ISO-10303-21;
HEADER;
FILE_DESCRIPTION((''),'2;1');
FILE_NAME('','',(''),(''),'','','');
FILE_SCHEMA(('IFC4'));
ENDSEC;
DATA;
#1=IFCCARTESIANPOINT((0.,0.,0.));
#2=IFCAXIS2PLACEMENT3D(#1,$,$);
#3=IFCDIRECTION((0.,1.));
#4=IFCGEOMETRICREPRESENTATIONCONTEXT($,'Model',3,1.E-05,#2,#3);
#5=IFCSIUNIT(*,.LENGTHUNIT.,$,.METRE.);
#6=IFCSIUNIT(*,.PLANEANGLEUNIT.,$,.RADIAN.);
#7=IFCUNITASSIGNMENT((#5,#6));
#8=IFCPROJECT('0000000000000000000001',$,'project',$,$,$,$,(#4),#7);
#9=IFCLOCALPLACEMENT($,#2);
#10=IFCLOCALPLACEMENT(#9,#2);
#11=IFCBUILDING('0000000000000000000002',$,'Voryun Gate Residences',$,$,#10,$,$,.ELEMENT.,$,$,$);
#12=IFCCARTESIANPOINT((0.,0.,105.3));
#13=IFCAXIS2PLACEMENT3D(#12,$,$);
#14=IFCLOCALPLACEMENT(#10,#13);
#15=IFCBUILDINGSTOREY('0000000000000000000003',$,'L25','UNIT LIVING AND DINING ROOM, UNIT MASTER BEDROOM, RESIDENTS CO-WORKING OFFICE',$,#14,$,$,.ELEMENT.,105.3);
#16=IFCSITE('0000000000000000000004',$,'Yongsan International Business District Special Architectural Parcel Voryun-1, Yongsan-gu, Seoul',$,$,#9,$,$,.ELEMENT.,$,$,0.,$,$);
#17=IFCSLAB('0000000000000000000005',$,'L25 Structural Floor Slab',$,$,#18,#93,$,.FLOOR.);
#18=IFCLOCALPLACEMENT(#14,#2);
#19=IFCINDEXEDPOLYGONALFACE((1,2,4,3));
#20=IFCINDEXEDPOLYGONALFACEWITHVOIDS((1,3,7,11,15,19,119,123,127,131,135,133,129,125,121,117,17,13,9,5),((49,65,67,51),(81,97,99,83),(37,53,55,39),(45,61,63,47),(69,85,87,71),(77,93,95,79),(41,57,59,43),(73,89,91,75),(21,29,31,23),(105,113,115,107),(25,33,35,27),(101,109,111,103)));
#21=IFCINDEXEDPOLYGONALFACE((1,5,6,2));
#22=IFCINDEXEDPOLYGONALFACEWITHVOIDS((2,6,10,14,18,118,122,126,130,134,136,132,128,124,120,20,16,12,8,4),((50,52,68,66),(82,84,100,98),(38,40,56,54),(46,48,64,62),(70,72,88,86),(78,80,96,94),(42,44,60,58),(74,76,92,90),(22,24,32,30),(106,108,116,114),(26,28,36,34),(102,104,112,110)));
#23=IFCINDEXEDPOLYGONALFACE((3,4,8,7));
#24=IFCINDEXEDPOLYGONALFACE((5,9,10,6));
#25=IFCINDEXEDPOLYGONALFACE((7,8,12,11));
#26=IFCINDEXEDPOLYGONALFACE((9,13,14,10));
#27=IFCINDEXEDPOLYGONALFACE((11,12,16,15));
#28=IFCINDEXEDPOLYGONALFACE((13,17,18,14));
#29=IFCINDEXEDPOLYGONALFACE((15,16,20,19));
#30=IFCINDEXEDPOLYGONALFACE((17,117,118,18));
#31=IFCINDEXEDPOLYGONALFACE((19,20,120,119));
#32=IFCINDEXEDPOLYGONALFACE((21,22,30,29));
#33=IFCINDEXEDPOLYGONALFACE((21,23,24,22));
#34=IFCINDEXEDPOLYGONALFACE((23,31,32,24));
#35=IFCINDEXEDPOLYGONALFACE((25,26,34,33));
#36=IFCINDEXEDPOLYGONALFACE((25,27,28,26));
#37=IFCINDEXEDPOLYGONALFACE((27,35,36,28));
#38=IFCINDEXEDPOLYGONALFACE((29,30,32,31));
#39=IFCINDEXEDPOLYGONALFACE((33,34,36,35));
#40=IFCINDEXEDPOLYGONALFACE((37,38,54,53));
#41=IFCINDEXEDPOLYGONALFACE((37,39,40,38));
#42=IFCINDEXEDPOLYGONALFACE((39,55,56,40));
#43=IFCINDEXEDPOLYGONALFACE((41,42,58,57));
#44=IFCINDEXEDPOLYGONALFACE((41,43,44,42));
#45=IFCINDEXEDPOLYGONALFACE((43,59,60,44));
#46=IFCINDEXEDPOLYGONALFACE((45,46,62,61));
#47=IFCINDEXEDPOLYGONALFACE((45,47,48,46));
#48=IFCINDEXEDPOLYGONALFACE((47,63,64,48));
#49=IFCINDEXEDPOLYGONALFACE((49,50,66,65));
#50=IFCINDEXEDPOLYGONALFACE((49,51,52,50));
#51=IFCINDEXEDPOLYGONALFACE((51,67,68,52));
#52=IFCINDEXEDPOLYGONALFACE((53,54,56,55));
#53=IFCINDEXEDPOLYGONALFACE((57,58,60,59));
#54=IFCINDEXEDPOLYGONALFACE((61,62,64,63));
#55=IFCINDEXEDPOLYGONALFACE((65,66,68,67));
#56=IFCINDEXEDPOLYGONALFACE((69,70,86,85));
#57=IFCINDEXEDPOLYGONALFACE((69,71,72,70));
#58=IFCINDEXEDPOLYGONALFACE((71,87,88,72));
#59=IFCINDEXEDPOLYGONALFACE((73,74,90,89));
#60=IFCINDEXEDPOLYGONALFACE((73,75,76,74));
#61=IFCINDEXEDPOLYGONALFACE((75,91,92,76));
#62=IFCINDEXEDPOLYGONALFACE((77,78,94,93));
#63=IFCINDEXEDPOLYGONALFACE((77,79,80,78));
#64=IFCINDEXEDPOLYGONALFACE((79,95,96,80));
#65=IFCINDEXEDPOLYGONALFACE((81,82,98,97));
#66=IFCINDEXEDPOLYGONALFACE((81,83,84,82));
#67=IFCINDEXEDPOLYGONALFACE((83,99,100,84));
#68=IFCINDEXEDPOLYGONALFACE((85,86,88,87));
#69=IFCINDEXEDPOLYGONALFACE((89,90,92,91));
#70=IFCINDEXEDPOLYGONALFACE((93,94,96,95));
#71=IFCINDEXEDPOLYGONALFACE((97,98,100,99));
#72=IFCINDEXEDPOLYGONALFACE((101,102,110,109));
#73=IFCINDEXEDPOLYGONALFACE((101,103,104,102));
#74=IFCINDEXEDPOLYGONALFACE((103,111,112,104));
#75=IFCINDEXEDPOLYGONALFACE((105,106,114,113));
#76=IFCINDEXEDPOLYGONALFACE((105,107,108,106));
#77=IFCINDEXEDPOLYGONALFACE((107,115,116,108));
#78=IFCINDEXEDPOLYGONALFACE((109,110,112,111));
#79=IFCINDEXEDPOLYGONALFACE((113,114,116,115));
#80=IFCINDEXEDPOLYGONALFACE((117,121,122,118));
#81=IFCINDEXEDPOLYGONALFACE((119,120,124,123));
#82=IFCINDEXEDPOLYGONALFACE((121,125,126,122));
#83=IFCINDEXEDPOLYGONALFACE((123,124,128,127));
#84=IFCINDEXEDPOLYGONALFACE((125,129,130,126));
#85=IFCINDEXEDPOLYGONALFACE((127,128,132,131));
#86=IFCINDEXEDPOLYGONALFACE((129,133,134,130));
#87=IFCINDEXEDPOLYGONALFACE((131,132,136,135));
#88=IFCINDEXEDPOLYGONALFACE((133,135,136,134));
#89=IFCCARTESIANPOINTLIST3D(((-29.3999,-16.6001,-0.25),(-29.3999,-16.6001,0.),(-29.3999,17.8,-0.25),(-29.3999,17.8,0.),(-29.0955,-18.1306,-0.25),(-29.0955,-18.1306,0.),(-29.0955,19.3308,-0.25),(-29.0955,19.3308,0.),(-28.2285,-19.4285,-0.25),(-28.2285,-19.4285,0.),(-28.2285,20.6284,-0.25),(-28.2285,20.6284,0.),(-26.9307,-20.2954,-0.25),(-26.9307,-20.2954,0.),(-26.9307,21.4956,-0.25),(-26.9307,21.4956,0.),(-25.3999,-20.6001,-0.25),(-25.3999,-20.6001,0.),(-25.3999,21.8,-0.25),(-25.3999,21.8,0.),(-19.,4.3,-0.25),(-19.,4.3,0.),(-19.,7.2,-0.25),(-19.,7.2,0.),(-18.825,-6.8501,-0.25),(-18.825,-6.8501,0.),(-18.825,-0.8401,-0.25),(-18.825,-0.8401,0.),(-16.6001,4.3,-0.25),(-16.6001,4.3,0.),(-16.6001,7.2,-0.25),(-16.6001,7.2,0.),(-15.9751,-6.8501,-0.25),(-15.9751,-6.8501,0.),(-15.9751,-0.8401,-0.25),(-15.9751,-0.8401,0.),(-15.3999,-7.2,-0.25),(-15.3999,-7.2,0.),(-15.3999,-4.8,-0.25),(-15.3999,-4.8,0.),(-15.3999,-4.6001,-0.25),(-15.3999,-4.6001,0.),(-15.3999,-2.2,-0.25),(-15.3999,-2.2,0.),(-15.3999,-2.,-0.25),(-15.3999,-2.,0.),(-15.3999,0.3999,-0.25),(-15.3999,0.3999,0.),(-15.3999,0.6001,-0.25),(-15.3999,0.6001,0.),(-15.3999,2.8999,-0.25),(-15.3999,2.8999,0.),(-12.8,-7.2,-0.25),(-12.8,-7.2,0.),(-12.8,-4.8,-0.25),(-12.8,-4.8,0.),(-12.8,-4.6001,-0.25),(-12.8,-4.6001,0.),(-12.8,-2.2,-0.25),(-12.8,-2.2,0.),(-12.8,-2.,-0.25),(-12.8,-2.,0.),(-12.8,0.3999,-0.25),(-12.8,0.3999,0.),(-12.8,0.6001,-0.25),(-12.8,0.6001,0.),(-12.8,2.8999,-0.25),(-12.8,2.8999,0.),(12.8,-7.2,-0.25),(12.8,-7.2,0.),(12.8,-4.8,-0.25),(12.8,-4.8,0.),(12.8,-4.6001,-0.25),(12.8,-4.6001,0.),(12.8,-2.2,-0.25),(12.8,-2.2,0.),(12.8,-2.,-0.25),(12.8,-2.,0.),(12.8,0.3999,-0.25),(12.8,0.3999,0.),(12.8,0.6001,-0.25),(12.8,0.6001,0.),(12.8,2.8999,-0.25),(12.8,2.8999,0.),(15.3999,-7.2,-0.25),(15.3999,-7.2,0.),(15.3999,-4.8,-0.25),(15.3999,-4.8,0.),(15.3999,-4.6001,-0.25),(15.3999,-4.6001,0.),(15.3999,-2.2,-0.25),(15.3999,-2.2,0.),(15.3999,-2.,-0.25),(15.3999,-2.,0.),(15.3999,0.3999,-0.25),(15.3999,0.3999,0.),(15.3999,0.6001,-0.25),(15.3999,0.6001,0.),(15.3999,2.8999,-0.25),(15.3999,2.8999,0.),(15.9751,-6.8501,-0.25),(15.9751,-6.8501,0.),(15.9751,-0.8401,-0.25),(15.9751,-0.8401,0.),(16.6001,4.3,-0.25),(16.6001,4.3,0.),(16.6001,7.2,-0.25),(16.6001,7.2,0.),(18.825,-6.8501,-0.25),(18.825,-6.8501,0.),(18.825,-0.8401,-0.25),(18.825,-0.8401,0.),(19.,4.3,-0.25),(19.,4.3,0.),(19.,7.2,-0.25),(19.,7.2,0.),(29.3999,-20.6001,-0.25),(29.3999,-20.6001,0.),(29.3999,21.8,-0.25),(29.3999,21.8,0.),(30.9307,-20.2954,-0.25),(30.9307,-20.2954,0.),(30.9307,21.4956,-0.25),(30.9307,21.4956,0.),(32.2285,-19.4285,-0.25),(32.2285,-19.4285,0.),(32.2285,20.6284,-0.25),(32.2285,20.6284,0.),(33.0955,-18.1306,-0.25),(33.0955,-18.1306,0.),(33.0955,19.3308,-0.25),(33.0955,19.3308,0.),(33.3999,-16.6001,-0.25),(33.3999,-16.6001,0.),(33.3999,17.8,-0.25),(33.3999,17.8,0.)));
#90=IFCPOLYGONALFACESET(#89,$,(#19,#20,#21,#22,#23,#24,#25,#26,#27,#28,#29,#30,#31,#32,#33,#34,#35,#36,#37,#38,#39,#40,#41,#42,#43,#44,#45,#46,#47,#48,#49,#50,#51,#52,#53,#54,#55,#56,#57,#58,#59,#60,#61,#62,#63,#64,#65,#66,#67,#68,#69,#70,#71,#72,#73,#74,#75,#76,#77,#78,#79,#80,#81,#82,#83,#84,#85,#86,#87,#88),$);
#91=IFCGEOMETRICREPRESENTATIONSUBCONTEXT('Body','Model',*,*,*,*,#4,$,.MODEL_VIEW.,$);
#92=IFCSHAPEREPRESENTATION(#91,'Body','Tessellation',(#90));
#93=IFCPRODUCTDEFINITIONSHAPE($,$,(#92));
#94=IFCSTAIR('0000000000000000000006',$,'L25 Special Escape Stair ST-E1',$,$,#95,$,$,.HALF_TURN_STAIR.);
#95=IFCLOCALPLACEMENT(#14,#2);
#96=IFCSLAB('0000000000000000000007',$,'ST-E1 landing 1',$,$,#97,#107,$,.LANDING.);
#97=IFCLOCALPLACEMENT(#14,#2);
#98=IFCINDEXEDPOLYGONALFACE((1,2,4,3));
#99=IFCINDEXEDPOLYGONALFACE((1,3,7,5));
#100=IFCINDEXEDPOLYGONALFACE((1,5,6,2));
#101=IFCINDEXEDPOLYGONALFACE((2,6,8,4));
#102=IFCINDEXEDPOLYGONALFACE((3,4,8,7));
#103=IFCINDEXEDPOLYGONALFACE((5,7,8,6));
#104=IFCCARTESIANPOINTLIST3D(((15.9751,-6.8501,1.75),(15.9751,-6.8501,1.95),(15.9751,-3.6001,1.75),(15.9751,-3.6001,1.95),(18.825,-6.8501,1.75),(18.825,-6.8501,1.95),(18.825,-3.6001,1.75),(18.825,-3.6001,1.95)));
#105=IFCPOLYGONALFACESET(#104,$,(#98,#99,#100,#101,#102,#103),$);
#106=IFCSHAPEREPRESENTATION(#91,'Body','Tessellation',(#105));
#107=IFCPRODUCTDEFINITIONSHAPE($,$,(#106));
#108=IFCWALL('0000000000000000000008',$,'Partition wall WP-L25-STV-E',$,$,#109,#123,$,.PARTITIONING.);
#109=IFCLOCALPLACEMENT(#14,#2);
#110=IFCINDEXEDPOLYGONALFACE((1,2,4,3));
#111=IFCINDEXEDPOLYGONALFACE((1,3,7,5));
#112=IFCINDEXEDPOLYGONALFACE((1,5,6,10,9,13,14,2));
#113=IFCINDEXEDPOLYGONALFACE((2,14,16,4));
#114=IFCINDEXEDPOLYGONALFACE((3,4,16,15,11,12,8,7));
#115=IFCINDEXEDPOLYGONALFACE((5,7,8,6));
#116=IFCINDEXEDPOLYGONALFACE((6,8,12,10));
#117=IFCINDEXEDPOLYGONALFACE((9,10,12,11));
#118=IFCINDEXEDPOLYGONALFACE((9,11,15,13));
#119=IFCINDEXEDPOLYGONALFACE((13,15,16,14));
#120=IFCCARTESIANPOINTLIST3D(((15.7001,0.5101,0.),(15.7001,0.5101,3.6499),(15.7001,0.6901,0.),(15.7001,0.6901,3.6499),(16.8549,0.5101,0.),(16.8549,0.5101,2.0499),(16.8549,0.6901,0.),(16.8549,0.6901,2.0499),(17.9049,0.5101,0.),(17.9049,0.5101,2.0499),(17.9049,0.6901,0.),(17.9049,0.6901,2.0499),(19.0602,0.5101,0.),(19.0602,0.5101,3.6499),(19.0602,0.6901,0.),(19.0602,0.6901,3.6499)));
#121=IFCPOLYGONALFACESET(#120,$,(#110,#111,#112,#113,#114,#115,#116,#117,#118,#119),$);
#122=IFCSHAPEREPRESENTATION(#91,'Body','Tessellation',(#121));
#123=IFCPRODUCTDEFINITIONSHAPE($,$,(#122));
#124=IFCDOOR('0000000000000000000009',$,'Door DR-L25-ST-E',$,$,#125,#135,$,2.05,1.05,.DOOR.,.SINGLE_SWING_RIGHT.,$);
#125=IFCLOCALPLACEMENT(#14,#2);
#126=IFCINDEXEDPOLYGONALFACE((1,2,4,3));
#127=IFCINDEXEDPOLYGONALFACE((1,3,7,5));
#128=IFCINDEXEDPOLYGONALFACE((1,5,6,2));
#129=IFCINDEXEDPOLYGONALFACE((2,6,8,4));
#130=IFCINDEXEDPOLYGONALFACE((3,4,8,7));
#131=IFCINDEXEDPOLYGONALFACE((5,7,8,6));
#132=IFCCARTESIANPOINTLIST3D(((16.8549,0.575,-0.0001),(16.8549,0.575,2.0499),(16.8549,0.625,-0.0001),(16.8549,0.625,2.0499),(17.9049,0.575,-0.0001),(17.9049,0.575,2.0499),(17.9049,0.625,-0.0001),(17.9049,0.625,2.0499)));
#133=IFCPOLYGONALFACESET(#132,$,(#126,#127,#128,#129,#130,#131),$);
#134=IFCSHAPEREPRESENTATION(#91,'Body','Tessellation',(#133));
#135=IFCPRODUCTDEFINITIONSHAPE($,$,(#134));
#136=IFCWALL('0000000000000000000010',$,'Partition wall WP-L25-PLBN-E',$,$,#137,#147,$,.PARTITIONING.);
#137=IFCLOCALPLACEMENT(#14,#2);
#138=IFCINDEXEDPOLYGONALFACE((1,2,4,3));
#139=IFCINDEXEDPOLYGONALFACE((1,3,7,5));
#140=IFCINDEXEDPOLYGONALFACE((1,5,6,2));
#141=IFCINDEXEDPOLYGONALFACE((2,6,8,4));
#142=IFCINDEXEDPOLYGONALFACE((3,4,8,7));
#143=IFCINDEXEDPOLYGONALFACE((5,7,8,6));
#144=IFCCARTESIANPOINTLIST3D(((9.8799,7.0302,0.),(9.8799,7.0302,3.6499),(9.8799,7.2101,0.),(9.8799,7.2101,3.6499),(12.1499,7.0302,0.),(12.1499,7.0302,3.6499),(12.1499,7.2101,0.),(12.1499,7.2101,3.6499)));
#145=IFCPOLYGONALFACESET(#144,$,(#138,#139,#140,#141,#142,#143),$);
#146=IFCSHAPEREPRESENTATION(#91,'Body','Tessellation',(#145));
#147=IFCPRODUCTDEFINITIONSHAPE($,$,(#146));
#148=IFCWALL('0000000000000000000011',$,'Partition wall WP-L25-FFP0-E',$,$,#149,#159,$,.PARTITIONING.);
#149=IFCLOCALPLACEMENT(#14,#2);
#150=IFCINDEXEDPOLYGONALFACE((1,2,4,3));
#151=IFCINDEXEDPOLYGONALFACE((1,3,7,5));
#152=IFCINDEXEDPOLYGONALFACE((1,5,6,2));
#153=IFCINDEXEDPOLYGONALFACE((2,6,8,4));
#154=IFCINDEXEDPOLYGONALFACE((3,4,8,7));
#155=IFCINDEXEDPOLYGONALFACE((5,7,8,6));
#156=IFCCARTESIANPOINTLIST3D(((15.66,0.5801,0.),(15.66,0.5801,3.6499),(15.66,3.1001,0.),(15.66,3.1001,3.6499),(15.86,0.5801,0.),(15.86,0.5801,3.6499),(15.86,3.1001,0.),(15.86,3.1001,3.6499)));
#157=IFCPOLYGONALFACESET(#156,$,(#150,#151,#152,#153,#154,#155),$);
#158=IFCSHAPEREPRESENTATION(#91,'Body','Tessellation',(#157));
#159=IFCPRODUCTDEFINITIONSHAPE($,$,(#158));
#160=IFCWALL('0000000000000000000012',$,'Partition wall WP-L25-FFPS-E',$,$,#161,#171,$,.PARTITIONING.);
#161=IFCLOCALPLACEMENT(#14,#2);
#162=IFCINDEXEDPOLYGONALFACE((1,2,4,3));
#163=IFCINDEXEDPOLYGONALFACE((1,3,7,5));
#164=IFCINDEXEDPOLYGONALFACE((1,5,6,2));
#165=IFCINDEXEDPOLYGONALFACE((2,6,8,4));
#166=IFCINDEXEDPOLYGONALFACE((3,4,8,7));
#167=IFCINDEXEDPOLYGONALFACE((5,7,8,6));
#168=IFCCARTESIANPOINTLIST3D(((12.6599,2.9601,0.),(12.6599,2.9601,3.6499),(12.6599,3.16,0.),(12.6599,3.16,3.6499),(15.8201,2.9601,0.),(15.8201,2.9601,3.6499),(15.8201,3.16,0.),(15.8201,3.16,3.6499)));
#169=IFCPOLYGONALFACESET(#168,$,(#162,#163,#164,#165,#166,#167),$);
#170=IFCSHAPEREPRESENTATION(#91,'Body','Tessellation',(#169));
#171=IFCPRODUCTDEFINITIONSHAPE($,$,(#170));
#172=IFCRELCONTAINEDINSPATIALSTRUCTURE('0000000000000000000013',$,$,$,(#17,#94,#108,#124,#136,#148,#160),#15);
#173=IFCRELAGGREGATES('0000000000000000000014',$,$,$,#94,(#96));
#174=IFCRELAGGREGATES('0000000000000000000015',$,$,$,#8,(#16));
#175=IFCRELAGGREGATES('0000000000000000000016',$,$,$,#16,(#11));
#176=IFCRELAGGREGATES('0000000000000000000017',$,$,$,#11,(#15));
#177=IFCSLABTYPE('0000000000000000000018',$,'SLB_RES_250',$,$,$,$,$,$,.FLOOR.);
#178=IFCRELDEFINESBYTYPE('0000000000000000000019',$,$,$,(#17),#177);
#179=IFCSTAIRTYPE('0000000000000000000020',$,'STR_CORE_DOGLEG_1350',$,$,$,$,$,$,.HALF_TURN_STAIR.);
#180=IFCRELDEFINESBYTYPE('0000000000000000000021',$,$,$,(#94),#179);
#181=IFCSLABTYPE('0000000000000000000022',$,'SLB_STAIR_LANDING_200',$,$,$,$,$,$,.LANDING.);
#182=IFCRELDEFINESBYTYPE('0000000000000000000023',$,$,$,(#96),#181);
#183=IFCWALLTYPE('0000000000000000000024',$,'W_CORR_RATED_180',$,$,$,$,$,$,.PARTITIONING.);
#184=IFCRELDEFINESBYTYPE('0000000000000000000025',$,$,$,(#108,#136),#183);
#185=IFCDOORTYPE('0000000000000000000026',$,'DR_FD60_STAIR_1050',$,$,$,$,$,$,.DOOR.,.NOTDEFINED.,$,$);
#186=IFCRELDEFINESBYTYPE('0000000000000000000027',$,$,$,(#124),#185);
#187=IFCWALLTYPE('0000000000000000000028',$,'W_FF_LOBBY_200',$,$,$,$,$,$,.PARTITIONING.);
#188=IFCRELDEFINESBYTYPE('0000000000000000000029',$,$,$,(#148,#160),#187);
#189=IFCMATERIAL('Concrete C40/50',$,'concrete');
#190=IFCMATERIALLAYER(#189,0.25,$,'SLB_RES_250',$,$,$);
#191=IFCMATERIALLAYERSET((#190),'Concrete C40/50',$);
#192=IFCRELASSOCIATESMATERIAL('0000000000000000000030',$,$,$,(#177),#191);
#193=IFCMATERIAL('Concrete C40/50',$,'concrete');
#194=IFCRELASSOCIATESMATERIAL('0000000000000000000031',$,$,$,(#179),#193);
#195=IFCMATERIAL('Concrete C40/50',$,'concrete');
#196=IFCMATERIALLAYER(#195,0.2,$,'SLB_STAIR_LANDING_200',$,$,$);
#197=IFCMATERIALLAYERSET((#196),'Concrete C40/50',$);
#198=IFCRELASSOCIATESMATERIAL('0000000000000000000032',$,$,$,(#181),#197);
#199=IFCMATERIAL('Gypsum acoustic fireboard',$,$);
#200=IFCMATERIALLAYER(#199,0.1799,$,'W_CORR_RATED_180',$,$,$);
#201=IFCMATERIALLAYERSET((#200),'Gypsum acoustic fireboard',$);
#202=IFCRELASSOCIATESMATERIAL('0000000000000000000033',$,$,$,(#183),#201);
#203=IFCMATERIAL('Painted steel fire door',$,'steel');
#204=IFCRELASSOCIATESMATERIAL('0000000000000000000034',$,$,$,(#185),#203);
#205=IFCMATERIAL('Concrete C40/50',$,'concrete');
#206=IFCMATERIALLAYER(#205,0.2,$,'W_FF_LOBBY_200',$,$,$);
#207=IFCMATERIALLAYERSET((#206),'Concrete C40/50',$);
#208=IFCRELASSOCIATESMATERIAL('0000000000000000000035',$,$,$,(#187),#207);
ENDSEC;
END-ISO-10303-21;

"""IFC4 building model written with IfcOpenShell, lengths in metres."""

from ifc_helpers import new_model, si_unit, direction, frame, frame_2d, origin, place, context, subcontext, project, spatial, polyline, rectangle, outline, extrude, material, layer, layer_set, type_object, element, fill, aggregate, save


model = new_model("IFC4")

# Units and contexts
model_context = context("Model", 3, precision=1e-05, world=origin(), true_north=direction((0.0, 1.0)))
body_context = subcontext(model_context, "Body", "Model", "MODEL_VIEW")
ifc_project = project(units=[si_unit("LENGTHUNIT", "METRE"), si_unit("PLANEANGLEUNIT", "RADIAN")], contexts=[model_context])

# Site, building, storey
site_placement = place(None, origin())
site = spatial("IfcSite", under=ifc_project, at=site_placement, Name="Yongsan International Business District Special Architectural Parcel Voryun-1, Yongsan-gu, Seoul", CompositionType="ELEMENT", RefElevation=0.0)
building_placement = place(site_placement, origin())
building = spatial("IfcBuilding", under=site, at=building_placement, Name="Voryun Gate Residences", CompositionType="ELEMENT")
storey_placement = place(building_placement, frame((0.0, 0.0, 105.3)))
storey = spatial("IfcBuildingStorey", under=building, at=storey_placement, Name="L25", Description="UNIT LIVING AND DINING ROOM, UNIT MASTER BEDROOM, RESIDENTS CO-WORKING OFFICE", CompositionType="ELEMENT", Elevation=105.3)

# Slab
ifc_material_1 = material(Name="Concrete C40/50", Category="concrete")
ifc_layer_1 = layer(ifc_material_1, 0.25, Name="SLB_RES_250")
ifc_layer_set_1 = layer_set([ifc_layer_1], Name="Concrete C40/50")
slab_type_1 = type_object("IfcSlabType", Name="SLB_RES_250", PredefinedType="FLOOR", material=ifc_layer_set_1)
slab_1_placement = place(storey_placement, frame((0.0, 0.0, -0.25)))
element("IfcSlab", 1, at=slab_1_placement, inside=storey, type_object=slab_type_1, Name="L25 Structural Floor Slab", PredefinedType="FLOOR", context=body_context, shape_type="SweptSolid", body=[
    extrude(outline(polyline([(-25.3999, -20.6001), (-26.9307, -20.2954), (-28.2285, -19.4285), (-29.0955, -18.1306), (-29.3999, -16.6001), (-29.3999, 17.8), (-29.0955, 19.3308), (-28.2285, 20.6284), (-26.9307, 21.4956), (-25.3999, 21.8), (29.3999, 21.8), (30.9307, 21.4956), (32.2285, 20.6284), (33.0955, 19.3308), (33.3999, 17.8), (33.3999, -16.6001), (33.0955, -18.1306), (32.2285, -19.4285), (30.9307, -20.2954), (29.3999, -20.6001), (-25.3999, -20.6001)]), holes=[polyline([(-12.8, -4.8), (-15.3999, -4.8), (-15.3999, -7.2), (-12.8, -7.2), (-12.8, -4.8)]), polyline([(-18.825, -6.8501), (-15.9751, -6.8501), (-15.9751, -0.8401), (-18.825, -0.8401), (-18.825, -6.8501)]), polyline([(-12.8, -4.6001), (-12.8, -2.2), (-15.3999, -2.2), (-15.3999, -4.6001), (-12.8, -4.6001)]), polyline([(-12.8, 0.3999), (-15.3999, 0.3999), (-15.3999, -2.0), (-12.8, -2.0), (-12.8, 0.3999)]), polyline([(-12.8, 0.6001), (-12.8, 2.8999), (-15.3999, 2.8999), (-15.3999, 0.6001), (-12.8, 0.6001)]), polyline([(-16.6001, 4.3), (-16.6001, 7.2), (-19.0, 7.2), (-19.0, 4.3), (-16.6001, 4.3)]), polyline([(15.3999, -4.8), (12.8, -4.8), (12.8, -7.2), (15.3999, -7.2), (15.3999, -4.8)]), polyline([(15.9751, -6.8501), (18.825, -6.8501), (18.825, -0.8401), (15.9751, -0.8401), (15.9751, -6.8501)]), polyline([(15.3999, -4.6001), (15.3999, -2.2), (12.8, -2.2), (12.8, -4.6001), (15.3999, -4.6001)]), polyline([(15.3999, 0.3999), (12.8, 0.3999), (12.8, -2.0), (15.3999, -2.0), (15.3999, 0.3999)]), polyline([(15.3999, 0.6001), (15.3999, 2.8999), (12.8, 2.8999), (12.8, 0.6001), (15.3999, 0.6001)]), polyline([(19.0, 4.3), (19.0, 7.2), (16.6001, 7.2), (16.6001, 4.3), (19.0, 4.3)])]), origin(), (0.0, 0.0, 1.0), 0.25),
])

# Stair, slab
ifc_material_2 = material(Name="Concrete C40/50", Category="concrete")
stair_type = type_object("IfcStairType", Name="STR_CORE_DOGLEG_1350", PredefinedType="HALF_TURN_STAIR", material=ifc_material_2)
stair_placement = place(storey_placement, origin())
stair = element("IfcStair", 2, at=stair_placement, inside=storey, type_object=stair_type, Name="L25 Special Escape Stair ST-E1", PredefinedType="HALF_TURN_STAIR")
ifc_material_3 = material(Name="Concrete C40/50", Category="concrete")
ifc_layer_2 = layer(ifc_material_3, 0.2, Name="SLB_STAIR_LANDING_200")
ifc_layer_set_2 = layer_set([ifc_layer_2], Name="Concrete C40/50")
slab_type_2 = type_object("IfcSlabType", Name="SLB_STAIR_LANDING_200", PredefinedType="LANDING", material=ifc_layer_set_2)
slab_2_placement = place(storey_placement, frame((0.0, 0.0, 1.75)))
slab_2 = element("IfcSlab", 3, at=slab_2_placement, type_object=slab_type_2, Name="ST-E1 landing 1", PredefinedType="LANDING", context=body_context, shape_type="SweptSolid", body=[
    extrude(outline(polyline([(15.9751, -3.6001), (15.9751, -6.8501), (18.825, -6.8501), (18.825, -3.6001), (15.9751, -3.6001)])), origin(), (0.0, 0.0, 1.0), 0.2),
])
aggregate(stair, [slab_2])

# Wall, opening, door
ifc_material_4 = material(Name="Gypsum acoustic fireboard")
ifc_layer_3 = layer(ifc_material_4, 0.1799, Name="W_CORR_RATED_180")
ifc_layer_set_3 = layer_set([ifc_layer_3], Name="Gypsum acoustic fireboard")
wall_type_1 = type_object("IfcWallType", Name="W_CORR_RATED_180", PredefinedType="PARTITIONING", material=ifc_layer_set_3)
wall_1_placement = place(storey_placement, frame((15.7, 0.6001, 0.0), z_axis=(0.0, 0.0, 1.0), x_axis=(1.0, 0.0, 0.0)))
wall_1 = element("IfcWall", 4, at=wall_1_placement, inside=storey, type_object=wall_type_1, Name="Partition wall WP-L25-STV-E", PredefinedType="PARTITIONING", context=body_context, shape_type="SweptSolid", body=[
    extrude(rectangle(XDim=3.3601, YDim=0.1799, at=frame_2d((1.6802, 0.0))), origin(), (0.0, 0.0, 1.0), 3.6499),
])
opening_placement = place(wall_1_placement, frame((1.155, 0.0, 0.0)))
opening = element("IfcOpeningElement", 5, at=opening_placement, cuts=wall_1, PredefinedType="OPENING", context=body_context, shape_type="SweptSolid", body=[
    extrude(rectangle(XDim=1.05, YDim=2.05, at=frame_2d((0.5249, 1.0249))), frame((0.0, 0.0999, 0.0), z_axis=(0.0, -1.0, 0.0), x_axis=(1.0, 0.0, 0.0)), (0.0, 0.0, 1.0), 0.2),
])
ifc_material_5 = material(Name="Painted steel fire door", Category="steel")
door_type = type_object("IfcDoorType", Name="DR_FD60_STAIR_1050", OperationType="NOTDEFINED", PredefinedType="DOOR", material=ifc_material_5)
door_placement = place(opening_placement, origin())
door = element("IfcDoor", 6, at=door_placement, inside=storey, type_object=door_type, Name="Door DR-L25-ST-E", OperationType="SINGLE_SWING_RIGHT", OverallHeight=2.05, OverallWidth=1.05, PredefinedType="DOOR", context=body_context, shape_type="SweptSolid", body=[
    extrude(rectangle(XDim=1.05, YDim=2.05, at=frame_2d((0.5249, 1.0249))), frame((0.0, 0.0249, 0.0), z_axis=(0.0, -1.0, 0.0), x_axis=(1.0, 0.0, 0.0)), (0.0, 0.0, 1.0), 0.05),
])
fill(opening, door)

# Walls
wall_2_placement = place(storey_placement, frame((9.8799, 7.1201, 0.0), z_axis=(0.0, 0.0, 1.0), x_axis=(1.0, 0.0, 0.0)))
element("IfcWall", 7, at=wall_2_placement, inside=storey, type_object=wall_type_1, Name="Partition wall WP-L25-PLBN-E", PredefinedType="PARTITIONING", context=body_context, shape_type="SweptSolid", body=[
    extrude(rectangle(XDim=2.27, YDim=0.1799, at=frame_2d((1.135, 0.0))), origin(), (0.0, 0.0, 1.0), 3.6499),
])
ifc_material_6 = material(Name="Concrete C40/50", Category="concrete")
ifc_layer_4 = layer(ifc_material_6, 0.2, Name="W_FF_LOBBY_200")
ifc_layer_set_4 = layer_set([ifc_layer_4], Name="Concrete C40/50")
wall_type_2 = type_object("IfcWallType", Name="W_FF_LOBBY_200", PredefinedType="PARTITIONING", material=ifc_layer_set_4)
wall_3_placement = place(storey_placement, frame((15.76, 0.5801, 0.0), z_axis=(0.0, 0.0, 1.0), x_axis=(0.0, 1.0, 0.0)))
element("IfcWall", 8, at=wall_3_placement, inside=storey, type_object=wall_type_2, Name="Partition wall WP-L25-FFP0-E", PredefinedType="PARTITIONING", context=body_context, shape_type="SweptSolid", body=[
    extrude(rectangle(XDim=2.52, YDim=0.2, at=frame_2d((1.26, 0.0))), origin(), (0.0, 0.0, 1.0), 3.6499),
])
wall_4_placement = place(storey_placement, frame((12.6599, 3.0601, 0.0), z_axis=(0.0, 0.0, 1.0), x_axis=(1.0, 0.0, 0.0)))
element("IfcWall", 9, at=wall_4_placement, inside=storey, type_object=wall_type_2, Name="Partition wall WP-L25-FFPS-E", PredefinedType="PARTITIONING", context=body_context, shape_type="SweptSolid", body=[
    extrude(rectangle(XDim=3.1602, YDim=0.2, at=frame_2d((1.5801, 0.0))), origin(), (0.0, 0.0, 1.0), 3.6499),
])

save(model, "model.ifc")
